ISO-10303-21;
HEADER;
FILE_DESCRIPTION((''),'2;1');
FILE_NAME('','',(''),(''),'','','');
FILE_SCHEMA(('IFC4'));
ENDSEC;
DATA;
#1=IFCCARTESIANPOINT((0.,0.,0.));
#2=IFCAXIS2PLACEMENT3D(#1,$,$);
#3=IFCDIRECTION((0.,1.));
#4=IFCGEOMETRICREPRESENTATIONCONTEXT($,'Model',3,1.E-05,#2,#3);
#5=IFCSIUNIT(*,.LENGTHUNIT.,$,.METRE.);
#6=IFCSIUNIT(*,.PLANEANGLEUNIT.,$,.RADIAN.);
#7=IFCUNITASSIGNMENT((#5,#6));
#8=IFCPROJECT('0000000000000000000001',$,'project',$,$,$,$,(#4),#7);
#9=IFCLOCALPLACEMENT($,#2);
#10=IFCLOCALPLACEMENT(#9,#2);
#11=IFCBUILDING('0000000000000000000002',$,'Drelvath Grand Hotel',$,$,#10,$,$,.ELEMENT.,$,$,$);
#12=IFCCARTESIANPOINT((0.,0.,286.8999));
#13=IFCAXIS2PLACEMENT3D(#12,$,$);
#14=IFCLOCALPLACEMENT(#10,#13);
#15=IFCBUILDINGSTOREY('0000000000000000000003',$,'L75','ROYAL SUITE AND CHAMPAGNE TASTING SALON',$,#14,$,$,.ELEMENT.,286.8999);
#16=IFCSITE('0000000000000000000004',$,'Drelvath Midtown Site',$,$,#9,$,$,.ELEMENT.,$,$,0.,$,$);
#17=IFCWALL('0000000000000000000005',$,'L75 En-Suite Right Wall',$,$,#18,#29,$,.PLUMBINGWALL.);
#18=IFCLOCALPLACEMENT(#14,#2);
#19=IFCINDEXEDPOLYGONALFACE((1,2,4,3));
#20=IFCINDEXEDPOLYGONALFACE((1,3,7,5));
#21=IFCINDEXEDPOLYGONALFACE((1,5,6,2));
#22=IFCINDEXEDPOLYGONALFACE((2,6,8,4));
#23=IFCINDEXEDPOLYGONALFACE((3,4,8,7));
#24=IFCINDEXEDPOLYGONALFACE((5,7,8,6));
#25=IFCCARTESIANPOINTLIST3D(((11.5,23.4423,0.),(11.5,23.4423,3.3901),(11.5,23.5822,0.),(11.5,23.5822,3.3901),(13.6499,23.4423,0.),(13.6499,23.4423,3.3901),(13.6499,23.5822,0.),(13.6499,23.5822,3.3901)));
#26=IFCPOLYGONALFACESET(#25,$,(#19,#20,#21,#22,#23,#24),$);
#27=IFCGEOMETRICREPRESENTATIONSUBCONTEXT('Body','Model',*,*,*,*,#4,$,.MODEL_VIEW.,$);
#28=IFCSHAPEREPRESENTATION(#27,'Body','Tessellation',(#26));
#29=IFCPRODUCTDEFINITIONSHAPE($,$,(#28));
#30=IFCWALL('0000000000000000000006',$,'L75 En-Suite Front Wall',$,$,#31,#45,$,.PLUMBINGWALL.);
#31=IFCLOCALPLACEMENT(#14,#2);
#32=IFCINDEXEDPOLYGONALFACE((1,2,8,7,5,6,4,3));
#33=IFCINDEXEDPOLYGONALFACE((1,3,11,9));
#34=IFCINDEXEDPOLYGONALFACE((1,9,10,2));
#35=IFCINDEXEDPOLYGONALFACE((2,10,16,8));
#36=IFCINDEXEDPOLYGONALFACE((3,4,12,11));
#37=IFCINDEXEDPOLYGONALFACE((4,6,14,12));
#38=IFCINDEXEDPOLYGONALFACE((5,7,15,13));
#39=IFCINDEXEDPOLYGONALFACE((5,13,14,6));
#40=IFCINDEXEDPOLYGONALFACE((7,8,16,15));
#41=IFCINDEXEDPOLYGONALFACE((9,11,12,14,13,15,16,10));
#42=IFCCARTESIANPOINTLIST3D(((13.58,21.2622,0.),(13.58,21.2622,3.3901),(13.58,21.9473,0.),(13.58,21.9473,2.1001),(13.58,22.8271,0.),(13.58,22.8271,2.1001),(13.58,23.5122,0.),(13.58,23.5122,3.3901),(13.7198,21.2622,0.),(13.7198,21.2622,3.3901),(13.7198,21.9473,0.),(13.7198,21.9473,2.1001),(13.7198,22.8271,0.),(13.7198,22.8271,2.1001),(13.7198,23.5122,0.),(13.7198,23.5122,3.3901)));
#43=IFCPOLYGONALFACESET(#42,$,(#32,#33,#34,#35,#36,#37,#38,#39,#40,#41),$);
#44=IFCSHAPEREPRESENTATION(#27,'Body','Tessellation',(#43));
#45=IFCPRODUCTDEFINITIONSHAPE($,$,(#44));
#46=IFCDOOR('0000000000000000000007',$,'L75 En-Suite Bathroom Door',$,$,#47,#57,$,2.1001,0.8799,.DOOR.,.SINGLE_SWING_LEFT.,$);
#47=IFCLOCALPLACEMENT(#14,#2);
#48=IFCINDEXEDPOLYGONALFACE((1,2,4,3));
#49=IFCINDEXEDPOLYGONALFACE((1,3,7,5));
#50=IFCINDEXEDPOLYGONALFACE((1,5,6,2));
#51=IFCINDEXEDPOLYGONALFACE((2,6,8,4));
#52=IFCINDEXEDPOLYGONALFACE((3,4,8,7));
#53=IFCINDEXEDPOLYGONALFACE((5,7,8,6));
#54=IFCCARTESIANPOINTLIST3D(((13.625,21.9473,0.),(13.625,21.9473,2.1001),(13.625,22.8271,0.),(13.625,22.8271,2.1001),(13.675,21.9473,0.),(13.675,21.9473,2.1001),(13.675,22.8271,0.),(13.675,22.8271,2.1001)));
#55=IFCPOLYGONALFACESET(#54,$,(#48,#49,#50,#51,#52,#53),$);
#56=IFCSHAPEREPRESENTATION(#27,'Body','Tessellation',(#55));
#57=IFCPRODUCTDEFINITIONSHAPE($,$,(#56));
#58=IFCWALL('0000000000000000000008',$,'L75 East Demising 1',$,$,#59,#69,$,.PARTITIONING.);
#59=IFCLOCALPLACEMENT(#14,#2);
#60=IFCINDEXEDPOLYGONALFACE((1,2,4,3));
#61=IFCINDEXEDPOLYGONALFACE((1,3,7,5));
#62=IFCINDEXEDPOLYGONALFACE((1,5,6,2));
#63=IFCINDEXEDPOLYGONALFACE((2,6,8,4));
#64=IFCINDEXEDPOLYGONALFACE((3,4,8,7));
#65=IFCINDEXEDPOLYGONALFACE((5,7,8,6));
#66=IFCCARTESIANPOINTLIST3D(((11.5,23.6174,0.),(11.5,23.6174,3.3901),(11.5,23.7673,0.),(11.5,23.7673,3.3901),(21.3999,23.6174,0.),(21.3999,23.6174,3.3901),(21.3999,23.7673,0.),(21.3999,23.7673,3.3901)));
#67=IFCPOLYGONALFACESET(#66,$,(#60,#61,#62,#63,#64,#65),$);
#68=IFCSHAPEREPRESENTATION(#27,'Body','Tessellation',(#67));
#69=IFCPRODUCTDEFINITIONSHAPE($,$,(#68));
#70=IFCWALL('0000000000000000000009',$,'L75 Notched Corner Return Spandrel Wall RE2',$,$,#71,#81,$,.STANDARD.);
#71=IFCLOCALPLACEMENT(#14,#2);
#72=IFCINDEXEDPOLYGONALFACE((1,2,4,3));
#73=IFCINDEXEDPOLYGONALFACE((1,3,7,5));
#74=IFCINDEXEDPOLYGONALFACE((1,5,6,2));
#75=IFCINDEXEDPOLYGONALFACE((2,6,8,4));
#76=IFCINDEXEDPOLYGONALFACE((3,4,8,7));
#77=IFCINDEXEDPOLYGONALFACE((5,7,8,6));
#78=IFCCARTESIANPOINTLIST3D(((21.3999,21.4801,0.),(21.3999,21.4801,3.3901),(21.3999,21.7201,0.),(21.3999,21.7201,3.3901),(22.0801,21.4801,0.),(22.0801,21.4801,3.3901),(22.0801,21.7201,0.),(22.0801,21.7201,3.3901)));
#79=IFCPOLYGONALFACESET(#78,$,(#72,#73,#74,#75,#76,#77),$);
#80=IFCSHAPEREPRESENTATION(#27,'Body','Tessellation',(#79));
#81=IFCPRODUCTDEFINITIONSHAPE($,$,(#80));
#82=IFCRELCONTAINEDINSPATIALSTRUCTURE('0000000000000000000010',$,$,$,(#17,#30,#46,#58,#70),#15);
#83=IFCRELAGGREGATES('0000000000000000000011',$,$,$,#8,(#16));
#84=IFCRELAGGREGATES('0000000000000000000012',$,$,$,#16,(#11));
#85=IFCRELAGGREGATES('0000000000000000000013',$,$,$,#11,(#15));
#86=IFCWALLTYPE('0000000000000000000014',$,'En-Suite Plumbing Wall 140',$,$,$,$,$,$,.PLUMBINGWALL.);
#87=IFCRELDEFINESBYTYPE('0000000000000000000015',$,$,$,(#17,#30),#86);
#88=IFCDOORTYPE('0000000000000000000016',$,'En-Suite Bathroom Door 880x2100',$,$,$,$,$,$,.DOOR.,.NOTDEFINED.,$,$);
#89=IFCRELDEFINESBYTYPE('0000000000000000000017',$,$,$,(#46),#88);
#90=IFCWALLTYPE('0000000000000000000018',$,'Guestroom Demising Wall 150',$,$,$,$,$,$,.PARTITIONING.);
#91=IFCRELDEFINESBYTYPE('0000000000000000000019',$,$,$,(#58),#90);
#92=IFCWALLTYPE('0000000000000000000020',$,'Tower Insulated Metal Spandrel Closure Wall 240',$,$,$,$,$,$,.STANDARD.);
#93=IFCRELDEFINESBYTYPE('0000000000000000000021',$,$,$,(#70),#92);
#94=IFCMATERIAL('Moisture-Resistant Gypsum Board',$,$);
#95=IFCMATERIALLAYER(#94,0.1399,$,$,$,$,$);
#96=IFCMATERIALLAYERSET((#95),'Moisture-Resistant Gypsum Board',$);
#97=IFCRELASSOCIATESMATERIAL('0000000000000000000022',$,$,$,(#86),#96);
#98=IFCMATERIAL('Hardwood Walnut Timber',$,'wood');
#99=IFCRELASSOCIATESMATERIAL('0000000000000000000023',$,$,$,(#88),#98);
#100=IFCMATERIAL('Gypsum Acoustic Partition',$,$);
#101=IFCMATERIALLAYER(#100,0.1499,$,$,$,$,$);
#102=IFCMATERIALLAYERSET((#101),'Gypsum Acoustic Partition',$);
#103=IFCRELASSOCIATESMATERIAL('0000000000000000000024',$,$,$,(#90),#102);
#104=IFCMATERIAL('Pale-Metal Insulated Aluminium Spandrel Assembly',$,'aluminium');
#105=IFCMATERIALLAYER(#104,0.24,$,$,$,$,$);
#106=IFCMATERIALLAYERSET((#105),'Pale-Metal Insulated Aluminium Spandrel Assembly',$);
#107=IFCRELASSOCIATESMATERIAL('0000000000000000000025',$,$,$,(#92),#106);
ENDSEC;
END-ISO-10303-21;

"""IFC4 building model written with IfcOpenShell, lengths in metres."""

from ifc_helpers import new_model, si_unit, direction, frame, frame_2d, origin, place, context, subcontext, project, spatial, rectangle, extrude, material, layer, layer_set, type_object, element, fill, save


model = new_model("IFC4")

# Units and contexts
model_context = context("Model", 3, precision=1e-05, world=origin(), true_north=direction((0.0, 1.0)))
body_context = subcontext(model_context, "Body", "Model", "MODEL_VIEW")
ifc_project = project(units=[si_unit("LENGTHUNIT", "METRE"), si_unit("PLANEANGLEUNIT", "RADIAN")], contexts=[model_context])

# Site, building, storey
site_placement = place(None, origin())
site = spatial("IfcSite", under=ifc_project, at=site_placement, Name="Drelvath Midtown Site", CompositionType="ELEMENT", RefElevation=0.0)
building_placement = place(site_placement, origin())
building = spatial("IfcBuilding", under=site, at=building_placement, Name="Drelvath Grand Hotel", CompositionType="ELEMENT")
storey_placement = place(building_placement, frame((0.0, 0.0, 286.8999)))
storey = spatial("IfcBuildingStorey", under=building, at=storey_placement, Name="L75", Description="ROYAL SUITE AND CHAMPAGNE TASTING SALON", CompositionType="ELEMENT", Elevation=286.8999)

# Wall
ifc_material_1 = material(Name="Moisture-Resistant Gypsum Board")
ifc_layer_1 = layer(ifc_material_1, 0.1399)
ifc_layer_set_1 = layer_set([ifc_layer_1], Name="Moisture-Resistant Gypsum Board")
wall_type_1 = type_object("IfcWallType", Name="En-Suite Plumbing Wall 140", PredefinedType="PLUMBINGWALL", material=ifc_layer_set_1)
wall_1_placement = place(storey_placement, frame((11.5, 23.5122, 0.0), z_axis=(0.0, 0.0, 1.0), x_axis=(1.0, 0.0, 0.0)))
element("IfcWall", 1, at=wall_1_placement, inside=storey, type_object=wall_type_1, Name="L75 En-Suite Right Wall", PredefinedType="PLUMBINGWALL", context=body_context, shape_type="SweptSolid", body=[
    extrude(rectangle(XDim=2.1499, YDim=0.1399, at=frame_2d((1.075, 0.0))), origin(), (0.0, 0.0, 1.0), 3.3901),
])

# Wall, opening, door
wall_2_placement = place(storey_placement, frame((13.6499, 21.2622, 0.0), z_axis=(0.0, 0.0, 1.0), x_axis=(0.0, 1.0, 0.0)))
wall_2 = element("IfcWall", 2, at=wall_2_placement, inside=storey, type_object=wall_type_1, Name="L75 En-Suite Front Wall", PredefinedType="PLUMBINGWALL", context=body_context, shape_type="SweptSolid", body=[
    extrude(rectangle(XDim=2.25, YDim=0.1399, at=frame_2d((1.125, 0.0))), origin(), (0.0, 0.0, 1.0), 3.3901),
])
opening_placement = place(wall_2_placement, frame((0.6851, 0.0, 0.0)))
opening = element("IfcOpeningElement", 3, at=opening_placement, cuts=wall_2, PredefinedType="OPENING", context=body_context, shape_type="SweptSolid", body=[
    extrude(rectangle(XDim=0.8799, YDim=2.1001, at=frame_2d((0.4399, 1.05))), frame((0.0, 0.0798, 0.0), z_axis=(0.0, -1.0, 0.0), x_axis=(1.0, 0.0, 0.0)), (0.0, 0.0, 1.0), 0.1599),
])
ifc_material_2 = material(Name="Hardwood Walnut Timber", Category="wood")
door_type = type_object("IfcDoorType", Name="En-Suite Bathroom Door 880x2100", OperationType="NOTDEFINED", PredefinedType="DOOR", material=ifc_material_2)
door_placement = place(opening_placement, origin())
door = element("IfcDoor", 4, at=door_placement, inside=storey, type_object=door_type, Name="L75 En-Suite Bathroom Door", OperationType="SINGLE_SWING_LEFT", OverallHeight=2.1001, OverallWidth=0.8799, PredefinedType="DOOR", context=body_context, shape_type="SweptSolid", body=[
    extrude(rectangle(XDim=0.8799, YDim=2.1001, at=frame_2d((0.4399, 1.05))), frame((0.0, 0.0249, 0.0), z_axis=(0.0, -1.0, 0.0), x_axis=(1.0, 0.0, 0.0)), (0.0, 0.0, 1.0), 0.05),
])
fill(opening, door)

# Walls
ifc_material_3 = material(Name="Gypsum Acoustic Partition")
ifc_layer_2 = layer(ifc_material_3, 0.1499)
ifc_layer_set_2 = layer_set([ifc_layer_2], Name="Gypsum Acoustic Partition")
wall_type_2 = type_object("IfcWallType", Name="Guestroom Demising Wall 150", PredefinedType="PARTITIONING", material=ifc_layer_set_2)
wall_3_placement = place(storey_placement, frame((11.5, 23.6924, 0.0), z_axis=(0.0, 0.0, 1.0), x_axis=(1.0, 0.0, 0.0)))
element("IfcWall", 5, at=wall_3_placement, inside=storey, type_object=wall_type_2, Name="L75 East Demising 1", PredefinedType="PARTITIONING", context=body_context, shape_type="SweptSolid", body=[
    extrude(rectangle(XDim=9.8999, YDim=0.1499, at=frame_2d((4.95, 0.0))), origin(), (0.0, 0.0, 1.0), 3.3901),
])
ifc_material_4 = material(Name="Pale-Metal Insulated Aluminium Spandrel Assembly", Category="aluminium")
ifc_layer_3 = layer(ifc_material_4, 0.24)
ifc_layer_set_3 = layer_set([ifc_layer_3], Name="Pale-Metal Insulated Aluminium Spandrel Assembly")
wall_type_3 = type_object("IfcWallType", Name="Tower Insulated Metal Spandrel Closure Wall 240", PredefinedType="STANDARD", material=ifc_layer_set_3)
wall_4_placement = place(storey_placement, frame((21.3999, 21.6001, 0.0), z_axis=(0.0, 0.0, 1.0), x_axis=(1.0, 0.0, 0.0)))
element("IfcWall", 6, at=wall_4_placement, inside=storey, type_object=wall_type_3, Name="L75 Notched Corner Return Spandrel Wall RE2", PredefinedType="STANDARD", context=body_context, shape_type="SweptSolid", body=[
    extrude(rectangle(XDim=0.6802, YDim=0.24, at=frame_2d((0.3401, 0.0))), origin(), (0.0, 0.0, 1.0), 3.3901),
])

save(model, "model.ifc")
